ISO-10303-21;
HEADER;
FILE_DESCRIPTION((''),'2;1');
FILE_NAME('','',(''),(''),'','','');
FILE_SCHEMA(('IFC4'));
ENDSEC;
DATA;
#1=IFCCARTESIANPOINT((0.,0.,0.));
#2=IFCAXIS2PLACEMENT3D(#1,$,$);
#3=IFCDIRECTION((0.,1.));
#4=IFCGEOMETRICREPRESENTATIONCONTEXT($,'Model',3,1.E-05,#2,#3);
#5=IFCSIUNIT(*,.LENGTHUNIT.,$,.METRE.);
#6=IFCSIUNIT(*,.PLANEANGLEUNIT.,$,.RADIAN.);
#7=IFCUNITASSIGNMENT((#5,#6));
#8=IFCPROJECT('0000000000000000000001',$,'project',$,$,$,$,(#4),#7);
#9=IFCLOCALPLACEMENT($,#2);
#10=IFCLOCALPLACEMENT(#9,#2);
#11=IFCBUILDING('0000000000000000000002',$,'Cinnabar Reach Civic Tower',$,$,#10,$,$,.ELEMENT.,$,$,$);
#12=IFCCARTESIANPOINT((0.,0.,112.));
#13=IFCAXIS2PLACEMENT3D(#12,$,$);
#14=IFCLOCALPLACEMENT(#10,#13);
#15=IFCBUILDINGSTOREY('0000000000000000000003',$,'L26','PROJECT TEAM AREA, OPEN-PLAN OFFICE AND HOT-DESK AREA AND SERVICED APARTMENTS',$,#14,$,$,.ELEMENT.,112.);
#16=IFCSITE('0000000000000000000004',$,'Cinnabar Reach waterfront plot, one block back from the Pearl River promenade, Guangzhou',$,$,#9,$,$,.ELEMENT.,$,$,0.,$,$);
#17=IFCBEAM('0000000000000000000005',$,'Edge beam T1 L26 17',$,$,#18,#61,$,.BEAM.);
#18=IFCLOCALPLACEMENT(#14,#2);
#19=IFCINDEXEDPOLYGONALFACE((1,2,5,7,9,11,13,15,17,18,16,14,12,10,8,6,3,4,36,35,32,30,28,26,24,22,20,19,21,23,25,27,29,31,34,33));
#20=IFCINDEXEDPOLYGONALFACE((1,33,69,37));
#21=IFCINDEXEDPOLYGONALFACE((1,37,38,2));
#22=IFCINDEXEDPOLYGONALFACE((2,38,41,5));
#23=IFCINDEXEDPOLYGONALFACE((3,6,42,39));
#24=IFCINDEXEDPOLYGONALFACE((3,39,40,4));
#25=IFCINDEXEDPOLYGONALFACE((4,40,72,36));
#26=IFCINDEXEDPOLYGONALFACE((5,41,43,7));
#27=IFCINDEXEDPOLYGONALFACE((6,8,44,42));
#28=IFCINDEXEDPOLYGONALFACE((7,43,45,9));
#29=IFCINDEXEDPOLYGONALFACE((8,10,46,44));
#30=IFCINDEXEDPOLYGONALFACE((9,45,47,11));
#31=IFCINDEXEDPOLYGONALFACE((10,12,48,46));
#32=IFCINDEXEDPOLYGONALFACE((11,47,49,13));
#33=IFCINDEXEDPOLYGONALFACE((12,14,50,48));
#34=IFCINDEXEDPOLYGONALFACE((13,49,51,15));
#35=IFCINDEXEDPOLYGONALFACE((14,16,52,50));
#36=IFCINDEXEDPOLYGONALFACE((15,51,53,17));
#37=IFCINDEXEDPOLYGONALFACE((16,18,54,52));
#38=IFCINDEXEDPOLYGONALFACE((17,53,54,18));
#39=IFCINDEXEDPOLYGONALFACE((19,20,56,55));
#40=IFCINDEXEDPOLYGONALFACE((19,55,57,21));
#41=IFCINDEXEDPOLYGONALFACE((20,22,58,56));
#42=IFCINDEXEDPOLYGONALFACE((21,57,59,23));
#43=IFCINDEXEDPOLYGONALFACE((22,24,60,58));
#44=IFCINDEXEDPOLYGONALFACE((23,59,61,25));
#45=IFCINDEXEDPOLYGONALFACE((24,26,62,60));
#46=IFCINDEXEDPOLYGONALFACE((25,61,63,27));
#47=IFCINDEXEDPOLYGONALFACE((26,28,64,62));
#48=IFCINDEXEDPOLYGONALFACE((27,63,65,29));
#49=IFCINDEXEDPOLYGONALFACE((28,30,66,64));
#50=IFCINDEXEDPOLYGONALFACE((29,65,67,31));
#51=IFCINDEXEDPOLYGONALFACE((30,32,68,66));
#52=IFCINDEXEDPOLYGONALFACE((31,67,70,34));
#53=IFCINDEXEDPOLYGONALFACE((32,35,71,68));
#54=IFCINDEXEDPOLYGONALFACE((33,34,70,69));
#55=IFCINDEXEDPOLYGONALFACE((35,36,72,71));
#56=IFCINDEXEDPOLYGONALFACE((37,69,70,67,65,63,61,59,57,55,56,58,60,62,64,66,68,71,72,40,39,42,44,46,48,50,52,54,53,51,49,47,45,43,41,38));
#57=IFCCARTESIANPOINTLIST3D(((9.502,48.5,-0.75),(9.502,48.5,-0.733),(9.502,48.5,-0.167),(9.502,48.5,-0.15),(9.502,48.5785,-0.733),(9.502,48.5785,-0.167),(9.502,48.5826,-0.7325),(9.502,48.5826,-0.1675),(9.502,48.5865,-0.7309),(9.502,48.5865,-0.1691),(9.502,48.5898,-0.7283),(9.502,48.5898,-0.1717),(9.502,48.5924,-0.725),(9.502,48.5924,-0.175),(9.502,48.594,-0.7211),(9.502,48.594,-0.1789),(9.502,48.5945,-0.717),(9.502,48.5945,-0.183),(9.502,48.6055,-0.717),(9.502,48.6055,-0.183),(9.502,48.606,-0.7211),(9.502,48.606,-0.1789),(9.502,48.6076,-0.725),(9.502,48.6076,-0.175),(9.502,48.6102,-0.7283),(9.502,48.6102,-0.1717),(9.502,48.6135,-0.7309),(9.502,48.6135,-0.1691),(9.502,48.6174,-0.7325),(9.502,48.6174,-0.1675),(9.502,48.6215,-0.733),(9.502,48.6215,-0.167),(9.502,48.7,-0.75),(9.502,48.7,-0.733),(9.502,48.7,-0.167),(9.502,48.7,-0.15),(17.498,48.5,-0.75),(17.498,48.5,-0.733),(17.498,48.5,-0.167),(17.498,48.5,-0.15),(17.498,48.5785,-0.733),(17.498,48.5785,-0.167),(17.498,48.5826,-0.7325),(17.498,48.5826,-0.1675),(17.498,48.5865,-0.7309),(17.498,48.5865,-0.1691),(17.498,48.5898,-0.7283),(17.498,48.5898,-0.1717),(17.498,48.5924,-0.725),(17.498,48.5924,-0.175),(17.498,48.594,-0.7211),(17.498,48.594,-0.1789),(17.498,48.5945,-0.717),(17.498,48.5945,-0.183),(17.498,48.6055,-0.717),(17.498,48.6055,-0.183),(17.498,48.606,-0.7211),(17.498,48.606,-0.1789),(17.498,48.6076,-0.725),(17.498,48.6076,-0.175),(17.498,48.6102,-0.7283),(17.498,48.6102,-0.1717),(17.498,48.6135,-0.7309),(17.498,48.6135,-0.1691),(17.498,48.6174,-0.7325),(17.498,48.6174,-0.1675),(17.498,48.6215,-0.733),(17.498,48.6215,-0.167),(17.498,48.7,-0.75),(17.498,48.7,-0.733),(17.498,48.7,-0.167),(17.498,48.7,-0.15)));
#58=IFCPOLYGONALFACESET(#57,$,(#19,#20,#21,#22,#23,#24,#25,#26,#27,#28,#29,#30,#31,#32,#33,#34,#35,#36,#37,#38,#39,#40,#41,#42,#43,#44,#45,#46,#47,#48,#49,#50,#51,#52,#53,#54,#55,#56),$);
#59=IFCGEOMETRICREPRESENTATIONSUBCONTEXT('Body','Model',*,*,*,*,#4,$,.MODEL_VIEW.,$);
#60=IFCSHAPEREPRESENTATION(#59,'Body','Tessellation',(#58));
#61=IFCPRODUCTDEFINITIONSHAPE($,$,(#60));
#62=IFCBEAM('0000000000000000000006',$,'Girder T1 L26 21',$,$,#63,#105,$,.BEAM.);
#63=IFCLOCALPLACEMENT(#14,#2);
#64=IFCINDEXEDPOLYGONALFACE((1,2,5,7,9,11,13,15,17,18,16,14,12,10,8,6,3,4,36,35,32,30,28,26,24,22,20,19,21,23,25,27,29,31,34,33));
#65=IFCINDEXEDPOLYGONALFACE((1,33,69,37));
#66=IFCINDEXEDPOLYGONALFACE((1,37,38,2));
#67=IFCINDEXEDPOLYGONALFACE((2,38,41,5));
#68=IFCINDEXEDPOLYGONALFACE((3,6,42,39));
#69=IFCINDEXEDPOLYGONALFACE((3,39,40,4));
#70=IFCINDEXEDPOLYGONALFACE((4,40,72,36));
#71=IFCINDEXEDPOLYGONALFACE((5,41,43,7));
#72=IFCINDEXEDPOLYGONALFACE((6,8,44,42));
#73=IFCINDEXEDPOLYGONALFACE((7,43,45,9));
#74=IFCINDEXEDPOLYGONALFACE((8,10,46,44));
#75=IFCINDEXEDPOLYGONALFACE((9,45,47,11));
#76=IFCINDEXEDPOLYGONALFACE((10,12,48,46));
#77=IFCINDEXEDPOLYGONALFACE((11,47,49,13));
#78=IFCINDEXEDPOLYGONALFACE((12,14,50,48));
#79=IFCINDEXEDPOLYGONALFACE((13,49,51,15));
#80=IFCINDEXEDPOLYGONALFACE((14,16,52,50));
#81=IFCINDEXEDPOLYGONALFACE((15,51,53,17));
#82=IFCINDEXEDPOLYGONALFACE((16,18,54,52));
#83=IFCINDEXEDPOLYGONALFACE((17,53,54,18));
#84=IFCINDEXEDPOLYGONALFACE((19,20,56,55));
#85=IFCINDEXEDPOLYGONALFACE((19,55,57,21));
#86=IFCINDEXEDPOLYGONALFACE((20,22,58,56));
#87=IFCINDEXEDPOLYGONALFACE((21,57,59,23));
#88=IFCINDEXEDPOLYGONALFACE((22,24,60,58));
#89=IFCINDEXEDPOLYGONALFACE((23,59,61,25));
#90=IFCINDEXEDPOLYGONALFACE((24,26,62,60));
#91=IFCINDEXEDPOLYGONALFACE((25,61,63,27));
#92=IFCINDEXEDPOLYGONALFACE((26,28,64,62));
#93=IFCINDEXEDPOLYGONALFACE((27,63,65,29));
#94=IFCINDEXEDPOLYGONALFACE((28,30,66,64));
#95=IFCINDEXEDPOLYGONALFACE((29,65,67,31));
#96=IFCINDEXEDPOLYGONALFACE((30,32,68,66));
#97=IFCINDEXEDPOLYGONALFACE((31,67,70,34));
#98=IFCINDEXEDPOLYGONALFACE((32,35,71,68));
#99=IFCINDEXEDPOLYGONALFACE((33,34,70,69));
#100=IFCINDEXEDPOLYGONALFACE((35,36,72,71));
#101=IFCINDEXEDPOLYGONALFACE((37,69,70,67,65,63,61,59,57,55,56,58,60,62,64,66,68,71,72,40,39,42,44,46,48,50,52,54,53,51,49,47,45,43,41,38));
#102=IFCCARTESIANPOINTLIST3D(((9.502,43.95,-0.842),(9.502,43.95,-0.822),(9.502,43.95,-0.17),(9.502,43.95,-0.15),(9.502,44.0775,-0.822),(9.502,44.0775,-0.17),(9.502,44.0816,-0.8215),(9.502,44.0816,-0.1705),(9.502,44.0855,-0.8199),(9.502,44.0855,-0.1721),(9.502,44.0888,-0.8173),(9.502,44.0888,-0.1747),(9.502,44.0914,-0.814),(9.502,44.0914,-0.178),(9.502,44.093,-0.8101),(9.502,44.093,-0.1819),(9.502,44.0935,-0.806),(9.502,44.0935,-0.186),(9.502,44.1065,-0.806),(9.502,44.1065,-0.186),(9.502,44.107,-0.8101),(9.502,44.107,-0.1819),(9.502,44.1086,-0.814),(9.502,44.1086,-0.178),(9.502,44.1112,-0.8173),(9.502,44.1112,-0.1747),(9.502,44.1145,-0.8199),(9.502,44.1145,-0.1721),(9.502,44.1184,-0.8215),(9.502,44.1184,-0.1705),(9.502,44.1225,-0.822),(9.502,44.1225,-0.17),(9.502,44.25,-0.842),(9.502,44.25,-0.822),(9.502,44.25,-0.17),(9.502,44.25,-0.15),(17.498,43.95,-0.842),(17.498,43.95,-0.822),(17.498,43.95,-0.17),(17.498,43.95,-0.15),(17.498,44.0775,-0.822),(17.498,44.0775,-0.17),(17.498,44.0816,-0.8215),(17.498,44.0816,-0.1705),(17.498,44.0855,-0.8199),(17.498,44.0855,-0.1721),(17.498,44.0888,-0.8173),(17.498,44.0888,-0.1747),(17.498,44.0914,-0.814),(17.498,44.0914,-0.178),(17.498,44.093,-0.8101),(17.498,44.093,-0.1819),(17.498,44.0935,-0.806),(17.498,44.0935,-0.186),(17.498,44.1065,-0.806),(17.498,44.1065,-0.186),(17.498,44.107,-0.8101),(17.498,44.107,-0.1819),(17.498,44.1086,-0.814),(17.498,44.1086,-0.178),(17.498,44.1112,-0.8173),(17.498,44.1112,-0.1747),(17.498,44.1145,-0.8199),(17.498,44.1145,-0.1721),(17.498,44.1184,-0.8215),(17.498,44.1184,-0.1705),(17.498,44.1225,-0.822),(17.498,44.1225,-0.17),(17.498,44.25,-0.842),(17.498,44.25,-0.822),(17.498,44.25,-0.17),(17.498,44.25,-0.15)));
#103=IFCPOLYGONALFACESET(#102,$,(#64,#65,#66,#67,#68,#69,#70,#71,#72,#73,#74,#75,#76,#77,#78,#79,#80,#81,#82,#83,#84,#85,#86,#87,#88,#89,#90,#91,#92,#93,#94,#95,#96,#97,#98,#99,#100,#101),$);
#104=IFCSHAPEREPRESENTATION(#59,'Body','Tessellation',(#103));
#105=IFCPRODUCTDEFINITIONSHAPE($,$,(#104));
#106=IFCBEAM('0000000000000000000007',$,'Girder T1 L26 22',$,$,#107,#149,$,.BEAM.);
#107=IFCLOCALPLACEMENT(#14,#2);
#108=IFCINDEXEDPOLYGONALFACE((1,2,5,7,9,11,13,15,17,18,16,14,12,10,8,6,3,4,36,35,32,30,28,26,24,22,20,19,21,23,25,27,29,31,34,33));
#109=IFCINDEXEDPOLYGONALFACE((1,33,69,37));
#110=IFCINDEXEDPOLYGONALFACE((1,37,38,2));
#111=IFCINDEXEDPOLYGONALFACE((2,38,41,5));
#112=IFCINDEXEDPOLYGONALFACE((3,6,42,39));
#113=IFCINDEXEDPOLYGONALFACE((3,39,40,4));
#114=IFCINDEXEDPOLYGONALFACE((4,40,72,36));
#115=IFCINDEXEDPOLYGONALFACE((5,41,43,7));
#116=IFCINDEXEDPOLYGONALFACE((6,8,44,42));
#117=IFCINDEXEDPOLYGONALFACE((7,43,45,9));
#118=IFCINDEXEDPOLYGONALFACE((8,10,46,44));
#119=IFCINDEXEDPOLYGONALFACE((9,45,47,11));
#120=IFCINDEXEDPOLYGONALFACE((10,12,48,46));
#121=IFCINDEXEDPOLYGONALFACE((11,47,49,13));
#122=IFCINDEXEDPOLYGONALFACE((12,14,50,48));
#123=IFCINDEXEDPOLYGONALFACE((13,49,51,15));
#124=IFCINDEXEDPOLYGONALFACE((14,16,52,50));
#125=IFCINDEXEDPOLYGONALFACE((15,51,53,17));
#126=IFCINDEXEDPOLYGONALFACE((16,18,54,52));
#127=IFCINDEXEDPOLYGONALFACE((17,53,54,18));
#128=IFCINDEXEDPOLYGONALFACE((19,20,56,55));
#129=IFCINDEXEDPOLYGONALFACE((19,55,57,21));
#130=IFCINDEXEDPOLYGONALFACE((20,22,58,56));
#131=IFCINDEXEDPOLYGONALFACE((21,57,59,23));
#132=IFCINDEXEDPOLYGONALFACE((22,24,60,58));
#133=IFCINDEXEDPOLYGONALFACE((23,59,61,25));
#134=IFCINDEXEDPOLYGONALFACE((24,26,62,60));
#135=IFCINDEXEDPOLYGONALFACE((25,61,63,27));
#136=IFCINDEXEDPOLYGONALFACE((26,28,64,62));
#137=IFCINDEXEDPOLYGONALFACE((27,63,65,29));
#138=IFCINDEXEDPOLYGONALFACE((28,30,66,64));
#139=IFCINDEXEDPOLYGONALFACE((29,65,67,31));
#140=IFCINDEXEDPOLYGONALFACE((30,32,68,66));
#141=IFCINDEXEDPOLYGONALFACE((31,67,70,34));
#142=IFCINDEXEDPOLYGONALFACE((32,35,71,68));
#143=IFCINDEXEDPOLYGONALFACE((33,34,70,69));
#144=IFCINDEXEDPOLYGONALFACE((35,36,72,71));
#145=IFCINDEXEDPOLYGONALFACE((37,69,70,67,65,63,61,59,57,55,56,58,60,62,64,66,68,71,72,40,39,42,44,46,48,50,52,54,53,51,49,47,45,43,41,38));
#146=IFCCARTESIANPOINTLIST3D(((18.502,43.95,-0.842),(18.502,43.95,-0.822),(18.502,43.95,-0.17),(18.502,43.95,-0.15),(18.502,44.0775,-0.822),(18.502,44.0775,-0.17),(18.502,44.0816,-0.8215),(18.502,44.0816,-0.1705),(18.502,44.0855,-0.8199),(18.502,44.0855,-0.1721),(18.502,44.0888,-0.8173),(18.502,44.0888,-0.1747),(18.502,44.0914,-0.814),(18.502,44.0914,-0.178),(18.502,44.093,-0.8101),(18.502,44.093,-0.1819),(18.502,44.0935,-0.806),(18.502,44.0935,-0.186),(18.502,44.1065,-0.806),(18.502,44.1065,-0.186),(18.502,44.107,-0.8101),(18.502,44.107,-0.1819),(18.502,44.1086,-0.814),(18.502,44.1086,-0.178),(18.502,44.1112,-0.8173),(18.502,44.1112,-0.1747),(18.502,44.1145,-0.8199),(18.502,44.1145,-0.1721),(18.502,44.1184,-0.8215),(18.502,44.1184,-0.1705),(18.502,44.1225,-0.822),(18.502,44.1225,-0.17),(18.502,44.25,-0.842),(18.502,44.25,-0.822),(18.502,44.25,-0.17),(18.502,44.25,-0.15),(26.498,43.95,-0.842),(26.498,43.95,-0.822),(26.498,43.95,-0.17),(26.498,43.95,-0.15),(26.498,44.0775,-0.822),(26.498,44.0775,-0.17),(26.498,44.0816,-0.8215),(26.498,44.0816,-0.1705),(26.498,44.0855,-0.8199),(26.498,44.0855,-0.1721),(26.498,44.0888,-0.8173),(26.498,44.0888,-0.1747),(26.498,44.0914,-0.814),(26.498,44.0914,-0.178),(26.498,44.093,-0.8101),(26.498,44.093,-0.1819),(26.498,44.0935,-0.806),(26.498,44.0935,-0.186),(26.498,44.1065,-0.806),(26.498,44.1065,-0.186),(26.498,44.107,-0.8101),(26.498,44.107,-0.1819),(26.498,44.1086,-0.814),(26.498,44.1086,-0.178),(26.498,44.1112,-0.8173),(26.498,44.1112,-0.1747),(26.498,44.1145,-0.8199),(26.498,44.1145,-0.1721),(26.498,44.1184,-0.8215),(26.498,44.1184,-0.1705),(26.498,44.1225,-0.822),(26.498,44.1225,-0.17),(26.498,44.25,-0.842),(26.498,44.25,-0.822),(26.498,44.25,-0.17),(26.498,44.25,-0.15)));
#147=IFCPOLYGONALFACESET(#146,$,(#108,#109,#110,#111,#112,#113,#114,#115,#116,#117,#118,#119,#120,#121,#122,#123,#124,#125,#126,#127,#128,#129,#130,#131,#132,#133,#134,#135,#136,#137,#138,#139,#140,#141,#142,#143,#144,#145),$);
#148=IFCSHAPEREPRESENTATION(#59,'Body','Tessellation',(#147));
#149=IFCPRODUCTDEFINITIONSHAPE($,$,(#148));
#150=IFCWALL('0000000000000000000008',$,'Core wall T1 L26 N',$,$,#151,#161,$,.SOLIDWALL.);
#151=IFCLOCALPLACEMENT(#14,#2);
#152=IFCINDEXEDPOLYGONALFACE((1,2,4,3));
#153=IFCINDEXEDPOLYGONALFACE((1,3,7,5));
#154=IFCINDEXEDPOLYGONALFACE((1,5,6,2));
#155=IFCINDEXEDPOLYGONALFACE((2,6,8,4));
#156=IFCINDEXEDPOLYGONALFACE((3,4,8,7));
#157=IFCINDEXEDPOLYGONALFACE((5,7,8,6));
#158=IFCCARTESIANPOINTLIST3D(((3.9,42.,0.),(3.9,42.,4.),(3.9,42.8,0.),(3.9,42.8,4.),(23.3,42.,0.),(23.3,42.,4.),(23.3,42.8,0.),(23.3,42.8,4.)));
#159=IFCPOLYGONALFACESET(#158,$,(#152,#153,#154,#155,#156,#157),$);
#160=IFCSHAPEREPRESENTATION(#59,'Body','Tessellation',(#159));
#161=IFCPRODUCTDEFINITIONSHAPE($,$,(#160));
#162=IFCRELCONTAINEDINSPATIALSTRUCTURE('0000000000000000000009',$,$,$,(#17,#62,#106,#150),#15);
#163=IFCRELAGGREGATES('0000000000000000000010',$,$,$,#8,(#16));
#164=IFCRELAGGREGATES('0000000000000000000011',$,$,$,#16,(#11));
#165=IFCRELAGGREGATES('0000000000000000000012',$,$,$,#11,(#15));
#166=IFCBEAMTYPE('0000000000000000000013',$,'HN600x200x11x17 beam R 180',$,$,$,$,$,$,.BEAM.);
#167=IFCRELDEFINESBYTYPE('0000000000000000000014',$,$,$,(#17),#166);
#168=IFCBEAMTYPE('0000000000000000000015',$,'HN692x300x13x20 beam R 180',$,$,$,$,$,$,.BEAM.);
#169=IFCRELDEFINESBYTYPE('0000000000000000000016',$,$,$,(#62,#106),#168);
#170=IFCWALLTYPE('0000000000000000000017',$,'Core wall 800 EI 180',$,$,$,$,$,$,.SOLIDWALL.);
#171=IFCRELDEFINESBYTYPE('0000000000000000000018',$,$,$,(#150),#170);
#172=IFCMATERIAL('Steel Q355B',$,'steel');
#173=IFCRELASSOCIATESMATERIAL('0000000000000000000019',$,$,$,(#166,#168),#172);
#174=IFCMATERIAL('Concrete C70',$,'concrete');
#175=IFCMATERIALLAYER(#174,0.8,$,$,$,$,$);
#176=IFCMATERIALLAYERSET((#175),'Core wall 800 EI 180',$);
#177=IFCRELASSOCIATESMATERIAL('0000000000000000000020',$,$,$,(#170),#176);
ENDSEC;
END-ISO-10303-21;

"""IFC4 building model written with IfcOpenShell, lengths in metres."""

from ifc_helpers import new_model, si_unit, direction, frame, frame_2d, origin, origin_2d, place, context, subcontext, project, spatial, rectangle, i_section, extrude, material, layer, layer_set, material_profile, profile_set, type_object, element, save


model = new_model("IFC4")

# Units and contexts
model_context = context("Model", 3, precision=1e-05, world=origin(), true_north=direction((0.0, 1.0)))
body_context = subcontext(model_context, "Body", "Model", "MODEL_VIEW")
ifc_project = project(units=[si_unit("LENGTHUNIT", "METRE"), si_unit("PLANEANGLEUNIT", "RADIAN")], contexts=[model_context])

# Site, building, storey
site_placement = place(None, origin())
site = spatial("IfcSite", under=ifc_project, at=site_placement, Name="Cinnabar Reach waterfront plot, one block back from the Pearl River promenade, Guangzhou", CompositionType="ELEMENT", RefElevation=0.0)
building_placement = place(site_placement, origin())
building = spatial("IfcBuilding", under=site, at=building_placement, Name="Cinnabar Reach Civic Tower", CompositionType="ELEMENT")
storey_placement = place(building_placement, frame((0.0, 0.0, 112.0)))
storey = spatial("IfcBuildingStorey", under=building, at=storey_placement, Name="L26", Description="PROJECT TEAM AREA, OPEN-PLAN OFFICE AND HOT-DESK AREA AND SERVICED APARTMENTS", CompositionType="ELEMENT", Elevation=112.0)

# Shared definitions
ifc_material_1 = material(Name="Concrete C70", Category="concrete")

# Beams
ifc_material_2 = material(Name="Steel Q355B", Category="steel")
ifc_material_profile_1 = material_profile(ifc_material_2, i_section(OverallWidth=0.2, OverallDepth=0.6, WebThickness=0.011, FlangeThickness=0.017, FilletRadius=0.016, at=origin_2d()), Name="HN600x200x11x17")
ifc_profile_set_1 = profile_set([ifc_material_profile_1], Name="Steel Q355B")
beam_type_1 = type_object("IfcBeamType", Name="HN600x200x11x17 beam R 180", PredefinedType="BEAM", material=ifc_profile_set_1)
beam_1_placement = place(storey_placement, frame((17.498, 48.6, -0.45), z_axis=(-1.0, 0.0, 0.0), x_axis=(0.0, -1.0, 0.0)))
element("IfcBeam", 1, at=beam_1_placement, inside=storey, type_object=beam_type_1, Name="Edge beam T1 L26 17", PredefinedType="BEAM", context=body_context, shape_type="SweptSolid", body=[
    extrude(i_section(OverallWidth=0.2, OverallDepth=0.6, WebThickness=0.011, FlangeThickness=0.017, FilletRadius=0.016, at=origin_2d()), origin(), (0.0, 0.0, 1.0), 7.996),
])
ifc_material_profile_2 = material_profile(ifc_material_2, i_section(OverallWidth=0.3, OverallDepth=0.692, WebThickness=0.013, FlangeThickness=0.02, FilletRadius=0.016, at=origin_2d()), Name="HN692x300x13x20")
ifc_profile_set_2 = profile_set([ifc_material_profile_2], Name="Steel Q355B")
beam_type_2 = type_object("IfcBeamType", Name="HN692x300x13x20 beam R 180", PredefinedType="BEAM", material=ifc_profile_set_2)
for number, where, z_axis, x_axis, name in (
    (2, (9.502, 44.1, -0.496), (1.0, 0.0, 0.0), (0.0, 1.0, 0.0), "Girder T1 L26 21"),
    (3, (18.502, 44.1, -0.496), (1.0, 0.0, 0.0), (0.0, 1.0, 0.0), "Girder T1 L26 22"),
):
    element("IfcBeam", number, at=place(storey_placement, frame(where, z_axis=z_axis, x_axis=x_axis)), inside=storey, type_object=beam_type_2, Name=name, PredefinedType="BEAM", context=body_context, shape_type="SweptSolid", body=[
        extrude(i_section(OverallWidth=0.3, OverallDepth=0.692, WebThickness=0.013, FlangeThickness=0.02, FilletRadius=0.016, at=origin_2d()), origin(), (0.0, 0.0, 1.0), 7.996),
    ])

# Wall
ifc_layer_1 = layer(ifc_material_1, 0.8)
ifc_layer_set_1 = layer_set([ifc_layer_1], Name="Core wall 800 EI 180")
wall_type_1 = type_object("IfcWallType", Name="Core wall 800 EI 180", PredefinedType="SOLIDWALL", material=ifc_layer_set_1)
wall_1_placement = place(storey_placement, frame((23.3, 42.4, 0.0), z_axis=(0.0, 0.0, 1.0), x_axis=(-1.0, 0.0, 0.0)))
element("IfcWall", 4, at=wall_1_placement, inside=storey, type_object=wall_type_1, Name="Core wall T1 L26 N", PredefinedType="SOLIDWALL", context=body_context, shape_type="SweptSolid", body=[
    extrude(rectangle(XDim=19.4, YDim=0.8, at=frame_2d((9.7, 0.0))), origin(), (0.0, 0.0, 1.0), 4.0),
])

save(model, "model.ifc")
